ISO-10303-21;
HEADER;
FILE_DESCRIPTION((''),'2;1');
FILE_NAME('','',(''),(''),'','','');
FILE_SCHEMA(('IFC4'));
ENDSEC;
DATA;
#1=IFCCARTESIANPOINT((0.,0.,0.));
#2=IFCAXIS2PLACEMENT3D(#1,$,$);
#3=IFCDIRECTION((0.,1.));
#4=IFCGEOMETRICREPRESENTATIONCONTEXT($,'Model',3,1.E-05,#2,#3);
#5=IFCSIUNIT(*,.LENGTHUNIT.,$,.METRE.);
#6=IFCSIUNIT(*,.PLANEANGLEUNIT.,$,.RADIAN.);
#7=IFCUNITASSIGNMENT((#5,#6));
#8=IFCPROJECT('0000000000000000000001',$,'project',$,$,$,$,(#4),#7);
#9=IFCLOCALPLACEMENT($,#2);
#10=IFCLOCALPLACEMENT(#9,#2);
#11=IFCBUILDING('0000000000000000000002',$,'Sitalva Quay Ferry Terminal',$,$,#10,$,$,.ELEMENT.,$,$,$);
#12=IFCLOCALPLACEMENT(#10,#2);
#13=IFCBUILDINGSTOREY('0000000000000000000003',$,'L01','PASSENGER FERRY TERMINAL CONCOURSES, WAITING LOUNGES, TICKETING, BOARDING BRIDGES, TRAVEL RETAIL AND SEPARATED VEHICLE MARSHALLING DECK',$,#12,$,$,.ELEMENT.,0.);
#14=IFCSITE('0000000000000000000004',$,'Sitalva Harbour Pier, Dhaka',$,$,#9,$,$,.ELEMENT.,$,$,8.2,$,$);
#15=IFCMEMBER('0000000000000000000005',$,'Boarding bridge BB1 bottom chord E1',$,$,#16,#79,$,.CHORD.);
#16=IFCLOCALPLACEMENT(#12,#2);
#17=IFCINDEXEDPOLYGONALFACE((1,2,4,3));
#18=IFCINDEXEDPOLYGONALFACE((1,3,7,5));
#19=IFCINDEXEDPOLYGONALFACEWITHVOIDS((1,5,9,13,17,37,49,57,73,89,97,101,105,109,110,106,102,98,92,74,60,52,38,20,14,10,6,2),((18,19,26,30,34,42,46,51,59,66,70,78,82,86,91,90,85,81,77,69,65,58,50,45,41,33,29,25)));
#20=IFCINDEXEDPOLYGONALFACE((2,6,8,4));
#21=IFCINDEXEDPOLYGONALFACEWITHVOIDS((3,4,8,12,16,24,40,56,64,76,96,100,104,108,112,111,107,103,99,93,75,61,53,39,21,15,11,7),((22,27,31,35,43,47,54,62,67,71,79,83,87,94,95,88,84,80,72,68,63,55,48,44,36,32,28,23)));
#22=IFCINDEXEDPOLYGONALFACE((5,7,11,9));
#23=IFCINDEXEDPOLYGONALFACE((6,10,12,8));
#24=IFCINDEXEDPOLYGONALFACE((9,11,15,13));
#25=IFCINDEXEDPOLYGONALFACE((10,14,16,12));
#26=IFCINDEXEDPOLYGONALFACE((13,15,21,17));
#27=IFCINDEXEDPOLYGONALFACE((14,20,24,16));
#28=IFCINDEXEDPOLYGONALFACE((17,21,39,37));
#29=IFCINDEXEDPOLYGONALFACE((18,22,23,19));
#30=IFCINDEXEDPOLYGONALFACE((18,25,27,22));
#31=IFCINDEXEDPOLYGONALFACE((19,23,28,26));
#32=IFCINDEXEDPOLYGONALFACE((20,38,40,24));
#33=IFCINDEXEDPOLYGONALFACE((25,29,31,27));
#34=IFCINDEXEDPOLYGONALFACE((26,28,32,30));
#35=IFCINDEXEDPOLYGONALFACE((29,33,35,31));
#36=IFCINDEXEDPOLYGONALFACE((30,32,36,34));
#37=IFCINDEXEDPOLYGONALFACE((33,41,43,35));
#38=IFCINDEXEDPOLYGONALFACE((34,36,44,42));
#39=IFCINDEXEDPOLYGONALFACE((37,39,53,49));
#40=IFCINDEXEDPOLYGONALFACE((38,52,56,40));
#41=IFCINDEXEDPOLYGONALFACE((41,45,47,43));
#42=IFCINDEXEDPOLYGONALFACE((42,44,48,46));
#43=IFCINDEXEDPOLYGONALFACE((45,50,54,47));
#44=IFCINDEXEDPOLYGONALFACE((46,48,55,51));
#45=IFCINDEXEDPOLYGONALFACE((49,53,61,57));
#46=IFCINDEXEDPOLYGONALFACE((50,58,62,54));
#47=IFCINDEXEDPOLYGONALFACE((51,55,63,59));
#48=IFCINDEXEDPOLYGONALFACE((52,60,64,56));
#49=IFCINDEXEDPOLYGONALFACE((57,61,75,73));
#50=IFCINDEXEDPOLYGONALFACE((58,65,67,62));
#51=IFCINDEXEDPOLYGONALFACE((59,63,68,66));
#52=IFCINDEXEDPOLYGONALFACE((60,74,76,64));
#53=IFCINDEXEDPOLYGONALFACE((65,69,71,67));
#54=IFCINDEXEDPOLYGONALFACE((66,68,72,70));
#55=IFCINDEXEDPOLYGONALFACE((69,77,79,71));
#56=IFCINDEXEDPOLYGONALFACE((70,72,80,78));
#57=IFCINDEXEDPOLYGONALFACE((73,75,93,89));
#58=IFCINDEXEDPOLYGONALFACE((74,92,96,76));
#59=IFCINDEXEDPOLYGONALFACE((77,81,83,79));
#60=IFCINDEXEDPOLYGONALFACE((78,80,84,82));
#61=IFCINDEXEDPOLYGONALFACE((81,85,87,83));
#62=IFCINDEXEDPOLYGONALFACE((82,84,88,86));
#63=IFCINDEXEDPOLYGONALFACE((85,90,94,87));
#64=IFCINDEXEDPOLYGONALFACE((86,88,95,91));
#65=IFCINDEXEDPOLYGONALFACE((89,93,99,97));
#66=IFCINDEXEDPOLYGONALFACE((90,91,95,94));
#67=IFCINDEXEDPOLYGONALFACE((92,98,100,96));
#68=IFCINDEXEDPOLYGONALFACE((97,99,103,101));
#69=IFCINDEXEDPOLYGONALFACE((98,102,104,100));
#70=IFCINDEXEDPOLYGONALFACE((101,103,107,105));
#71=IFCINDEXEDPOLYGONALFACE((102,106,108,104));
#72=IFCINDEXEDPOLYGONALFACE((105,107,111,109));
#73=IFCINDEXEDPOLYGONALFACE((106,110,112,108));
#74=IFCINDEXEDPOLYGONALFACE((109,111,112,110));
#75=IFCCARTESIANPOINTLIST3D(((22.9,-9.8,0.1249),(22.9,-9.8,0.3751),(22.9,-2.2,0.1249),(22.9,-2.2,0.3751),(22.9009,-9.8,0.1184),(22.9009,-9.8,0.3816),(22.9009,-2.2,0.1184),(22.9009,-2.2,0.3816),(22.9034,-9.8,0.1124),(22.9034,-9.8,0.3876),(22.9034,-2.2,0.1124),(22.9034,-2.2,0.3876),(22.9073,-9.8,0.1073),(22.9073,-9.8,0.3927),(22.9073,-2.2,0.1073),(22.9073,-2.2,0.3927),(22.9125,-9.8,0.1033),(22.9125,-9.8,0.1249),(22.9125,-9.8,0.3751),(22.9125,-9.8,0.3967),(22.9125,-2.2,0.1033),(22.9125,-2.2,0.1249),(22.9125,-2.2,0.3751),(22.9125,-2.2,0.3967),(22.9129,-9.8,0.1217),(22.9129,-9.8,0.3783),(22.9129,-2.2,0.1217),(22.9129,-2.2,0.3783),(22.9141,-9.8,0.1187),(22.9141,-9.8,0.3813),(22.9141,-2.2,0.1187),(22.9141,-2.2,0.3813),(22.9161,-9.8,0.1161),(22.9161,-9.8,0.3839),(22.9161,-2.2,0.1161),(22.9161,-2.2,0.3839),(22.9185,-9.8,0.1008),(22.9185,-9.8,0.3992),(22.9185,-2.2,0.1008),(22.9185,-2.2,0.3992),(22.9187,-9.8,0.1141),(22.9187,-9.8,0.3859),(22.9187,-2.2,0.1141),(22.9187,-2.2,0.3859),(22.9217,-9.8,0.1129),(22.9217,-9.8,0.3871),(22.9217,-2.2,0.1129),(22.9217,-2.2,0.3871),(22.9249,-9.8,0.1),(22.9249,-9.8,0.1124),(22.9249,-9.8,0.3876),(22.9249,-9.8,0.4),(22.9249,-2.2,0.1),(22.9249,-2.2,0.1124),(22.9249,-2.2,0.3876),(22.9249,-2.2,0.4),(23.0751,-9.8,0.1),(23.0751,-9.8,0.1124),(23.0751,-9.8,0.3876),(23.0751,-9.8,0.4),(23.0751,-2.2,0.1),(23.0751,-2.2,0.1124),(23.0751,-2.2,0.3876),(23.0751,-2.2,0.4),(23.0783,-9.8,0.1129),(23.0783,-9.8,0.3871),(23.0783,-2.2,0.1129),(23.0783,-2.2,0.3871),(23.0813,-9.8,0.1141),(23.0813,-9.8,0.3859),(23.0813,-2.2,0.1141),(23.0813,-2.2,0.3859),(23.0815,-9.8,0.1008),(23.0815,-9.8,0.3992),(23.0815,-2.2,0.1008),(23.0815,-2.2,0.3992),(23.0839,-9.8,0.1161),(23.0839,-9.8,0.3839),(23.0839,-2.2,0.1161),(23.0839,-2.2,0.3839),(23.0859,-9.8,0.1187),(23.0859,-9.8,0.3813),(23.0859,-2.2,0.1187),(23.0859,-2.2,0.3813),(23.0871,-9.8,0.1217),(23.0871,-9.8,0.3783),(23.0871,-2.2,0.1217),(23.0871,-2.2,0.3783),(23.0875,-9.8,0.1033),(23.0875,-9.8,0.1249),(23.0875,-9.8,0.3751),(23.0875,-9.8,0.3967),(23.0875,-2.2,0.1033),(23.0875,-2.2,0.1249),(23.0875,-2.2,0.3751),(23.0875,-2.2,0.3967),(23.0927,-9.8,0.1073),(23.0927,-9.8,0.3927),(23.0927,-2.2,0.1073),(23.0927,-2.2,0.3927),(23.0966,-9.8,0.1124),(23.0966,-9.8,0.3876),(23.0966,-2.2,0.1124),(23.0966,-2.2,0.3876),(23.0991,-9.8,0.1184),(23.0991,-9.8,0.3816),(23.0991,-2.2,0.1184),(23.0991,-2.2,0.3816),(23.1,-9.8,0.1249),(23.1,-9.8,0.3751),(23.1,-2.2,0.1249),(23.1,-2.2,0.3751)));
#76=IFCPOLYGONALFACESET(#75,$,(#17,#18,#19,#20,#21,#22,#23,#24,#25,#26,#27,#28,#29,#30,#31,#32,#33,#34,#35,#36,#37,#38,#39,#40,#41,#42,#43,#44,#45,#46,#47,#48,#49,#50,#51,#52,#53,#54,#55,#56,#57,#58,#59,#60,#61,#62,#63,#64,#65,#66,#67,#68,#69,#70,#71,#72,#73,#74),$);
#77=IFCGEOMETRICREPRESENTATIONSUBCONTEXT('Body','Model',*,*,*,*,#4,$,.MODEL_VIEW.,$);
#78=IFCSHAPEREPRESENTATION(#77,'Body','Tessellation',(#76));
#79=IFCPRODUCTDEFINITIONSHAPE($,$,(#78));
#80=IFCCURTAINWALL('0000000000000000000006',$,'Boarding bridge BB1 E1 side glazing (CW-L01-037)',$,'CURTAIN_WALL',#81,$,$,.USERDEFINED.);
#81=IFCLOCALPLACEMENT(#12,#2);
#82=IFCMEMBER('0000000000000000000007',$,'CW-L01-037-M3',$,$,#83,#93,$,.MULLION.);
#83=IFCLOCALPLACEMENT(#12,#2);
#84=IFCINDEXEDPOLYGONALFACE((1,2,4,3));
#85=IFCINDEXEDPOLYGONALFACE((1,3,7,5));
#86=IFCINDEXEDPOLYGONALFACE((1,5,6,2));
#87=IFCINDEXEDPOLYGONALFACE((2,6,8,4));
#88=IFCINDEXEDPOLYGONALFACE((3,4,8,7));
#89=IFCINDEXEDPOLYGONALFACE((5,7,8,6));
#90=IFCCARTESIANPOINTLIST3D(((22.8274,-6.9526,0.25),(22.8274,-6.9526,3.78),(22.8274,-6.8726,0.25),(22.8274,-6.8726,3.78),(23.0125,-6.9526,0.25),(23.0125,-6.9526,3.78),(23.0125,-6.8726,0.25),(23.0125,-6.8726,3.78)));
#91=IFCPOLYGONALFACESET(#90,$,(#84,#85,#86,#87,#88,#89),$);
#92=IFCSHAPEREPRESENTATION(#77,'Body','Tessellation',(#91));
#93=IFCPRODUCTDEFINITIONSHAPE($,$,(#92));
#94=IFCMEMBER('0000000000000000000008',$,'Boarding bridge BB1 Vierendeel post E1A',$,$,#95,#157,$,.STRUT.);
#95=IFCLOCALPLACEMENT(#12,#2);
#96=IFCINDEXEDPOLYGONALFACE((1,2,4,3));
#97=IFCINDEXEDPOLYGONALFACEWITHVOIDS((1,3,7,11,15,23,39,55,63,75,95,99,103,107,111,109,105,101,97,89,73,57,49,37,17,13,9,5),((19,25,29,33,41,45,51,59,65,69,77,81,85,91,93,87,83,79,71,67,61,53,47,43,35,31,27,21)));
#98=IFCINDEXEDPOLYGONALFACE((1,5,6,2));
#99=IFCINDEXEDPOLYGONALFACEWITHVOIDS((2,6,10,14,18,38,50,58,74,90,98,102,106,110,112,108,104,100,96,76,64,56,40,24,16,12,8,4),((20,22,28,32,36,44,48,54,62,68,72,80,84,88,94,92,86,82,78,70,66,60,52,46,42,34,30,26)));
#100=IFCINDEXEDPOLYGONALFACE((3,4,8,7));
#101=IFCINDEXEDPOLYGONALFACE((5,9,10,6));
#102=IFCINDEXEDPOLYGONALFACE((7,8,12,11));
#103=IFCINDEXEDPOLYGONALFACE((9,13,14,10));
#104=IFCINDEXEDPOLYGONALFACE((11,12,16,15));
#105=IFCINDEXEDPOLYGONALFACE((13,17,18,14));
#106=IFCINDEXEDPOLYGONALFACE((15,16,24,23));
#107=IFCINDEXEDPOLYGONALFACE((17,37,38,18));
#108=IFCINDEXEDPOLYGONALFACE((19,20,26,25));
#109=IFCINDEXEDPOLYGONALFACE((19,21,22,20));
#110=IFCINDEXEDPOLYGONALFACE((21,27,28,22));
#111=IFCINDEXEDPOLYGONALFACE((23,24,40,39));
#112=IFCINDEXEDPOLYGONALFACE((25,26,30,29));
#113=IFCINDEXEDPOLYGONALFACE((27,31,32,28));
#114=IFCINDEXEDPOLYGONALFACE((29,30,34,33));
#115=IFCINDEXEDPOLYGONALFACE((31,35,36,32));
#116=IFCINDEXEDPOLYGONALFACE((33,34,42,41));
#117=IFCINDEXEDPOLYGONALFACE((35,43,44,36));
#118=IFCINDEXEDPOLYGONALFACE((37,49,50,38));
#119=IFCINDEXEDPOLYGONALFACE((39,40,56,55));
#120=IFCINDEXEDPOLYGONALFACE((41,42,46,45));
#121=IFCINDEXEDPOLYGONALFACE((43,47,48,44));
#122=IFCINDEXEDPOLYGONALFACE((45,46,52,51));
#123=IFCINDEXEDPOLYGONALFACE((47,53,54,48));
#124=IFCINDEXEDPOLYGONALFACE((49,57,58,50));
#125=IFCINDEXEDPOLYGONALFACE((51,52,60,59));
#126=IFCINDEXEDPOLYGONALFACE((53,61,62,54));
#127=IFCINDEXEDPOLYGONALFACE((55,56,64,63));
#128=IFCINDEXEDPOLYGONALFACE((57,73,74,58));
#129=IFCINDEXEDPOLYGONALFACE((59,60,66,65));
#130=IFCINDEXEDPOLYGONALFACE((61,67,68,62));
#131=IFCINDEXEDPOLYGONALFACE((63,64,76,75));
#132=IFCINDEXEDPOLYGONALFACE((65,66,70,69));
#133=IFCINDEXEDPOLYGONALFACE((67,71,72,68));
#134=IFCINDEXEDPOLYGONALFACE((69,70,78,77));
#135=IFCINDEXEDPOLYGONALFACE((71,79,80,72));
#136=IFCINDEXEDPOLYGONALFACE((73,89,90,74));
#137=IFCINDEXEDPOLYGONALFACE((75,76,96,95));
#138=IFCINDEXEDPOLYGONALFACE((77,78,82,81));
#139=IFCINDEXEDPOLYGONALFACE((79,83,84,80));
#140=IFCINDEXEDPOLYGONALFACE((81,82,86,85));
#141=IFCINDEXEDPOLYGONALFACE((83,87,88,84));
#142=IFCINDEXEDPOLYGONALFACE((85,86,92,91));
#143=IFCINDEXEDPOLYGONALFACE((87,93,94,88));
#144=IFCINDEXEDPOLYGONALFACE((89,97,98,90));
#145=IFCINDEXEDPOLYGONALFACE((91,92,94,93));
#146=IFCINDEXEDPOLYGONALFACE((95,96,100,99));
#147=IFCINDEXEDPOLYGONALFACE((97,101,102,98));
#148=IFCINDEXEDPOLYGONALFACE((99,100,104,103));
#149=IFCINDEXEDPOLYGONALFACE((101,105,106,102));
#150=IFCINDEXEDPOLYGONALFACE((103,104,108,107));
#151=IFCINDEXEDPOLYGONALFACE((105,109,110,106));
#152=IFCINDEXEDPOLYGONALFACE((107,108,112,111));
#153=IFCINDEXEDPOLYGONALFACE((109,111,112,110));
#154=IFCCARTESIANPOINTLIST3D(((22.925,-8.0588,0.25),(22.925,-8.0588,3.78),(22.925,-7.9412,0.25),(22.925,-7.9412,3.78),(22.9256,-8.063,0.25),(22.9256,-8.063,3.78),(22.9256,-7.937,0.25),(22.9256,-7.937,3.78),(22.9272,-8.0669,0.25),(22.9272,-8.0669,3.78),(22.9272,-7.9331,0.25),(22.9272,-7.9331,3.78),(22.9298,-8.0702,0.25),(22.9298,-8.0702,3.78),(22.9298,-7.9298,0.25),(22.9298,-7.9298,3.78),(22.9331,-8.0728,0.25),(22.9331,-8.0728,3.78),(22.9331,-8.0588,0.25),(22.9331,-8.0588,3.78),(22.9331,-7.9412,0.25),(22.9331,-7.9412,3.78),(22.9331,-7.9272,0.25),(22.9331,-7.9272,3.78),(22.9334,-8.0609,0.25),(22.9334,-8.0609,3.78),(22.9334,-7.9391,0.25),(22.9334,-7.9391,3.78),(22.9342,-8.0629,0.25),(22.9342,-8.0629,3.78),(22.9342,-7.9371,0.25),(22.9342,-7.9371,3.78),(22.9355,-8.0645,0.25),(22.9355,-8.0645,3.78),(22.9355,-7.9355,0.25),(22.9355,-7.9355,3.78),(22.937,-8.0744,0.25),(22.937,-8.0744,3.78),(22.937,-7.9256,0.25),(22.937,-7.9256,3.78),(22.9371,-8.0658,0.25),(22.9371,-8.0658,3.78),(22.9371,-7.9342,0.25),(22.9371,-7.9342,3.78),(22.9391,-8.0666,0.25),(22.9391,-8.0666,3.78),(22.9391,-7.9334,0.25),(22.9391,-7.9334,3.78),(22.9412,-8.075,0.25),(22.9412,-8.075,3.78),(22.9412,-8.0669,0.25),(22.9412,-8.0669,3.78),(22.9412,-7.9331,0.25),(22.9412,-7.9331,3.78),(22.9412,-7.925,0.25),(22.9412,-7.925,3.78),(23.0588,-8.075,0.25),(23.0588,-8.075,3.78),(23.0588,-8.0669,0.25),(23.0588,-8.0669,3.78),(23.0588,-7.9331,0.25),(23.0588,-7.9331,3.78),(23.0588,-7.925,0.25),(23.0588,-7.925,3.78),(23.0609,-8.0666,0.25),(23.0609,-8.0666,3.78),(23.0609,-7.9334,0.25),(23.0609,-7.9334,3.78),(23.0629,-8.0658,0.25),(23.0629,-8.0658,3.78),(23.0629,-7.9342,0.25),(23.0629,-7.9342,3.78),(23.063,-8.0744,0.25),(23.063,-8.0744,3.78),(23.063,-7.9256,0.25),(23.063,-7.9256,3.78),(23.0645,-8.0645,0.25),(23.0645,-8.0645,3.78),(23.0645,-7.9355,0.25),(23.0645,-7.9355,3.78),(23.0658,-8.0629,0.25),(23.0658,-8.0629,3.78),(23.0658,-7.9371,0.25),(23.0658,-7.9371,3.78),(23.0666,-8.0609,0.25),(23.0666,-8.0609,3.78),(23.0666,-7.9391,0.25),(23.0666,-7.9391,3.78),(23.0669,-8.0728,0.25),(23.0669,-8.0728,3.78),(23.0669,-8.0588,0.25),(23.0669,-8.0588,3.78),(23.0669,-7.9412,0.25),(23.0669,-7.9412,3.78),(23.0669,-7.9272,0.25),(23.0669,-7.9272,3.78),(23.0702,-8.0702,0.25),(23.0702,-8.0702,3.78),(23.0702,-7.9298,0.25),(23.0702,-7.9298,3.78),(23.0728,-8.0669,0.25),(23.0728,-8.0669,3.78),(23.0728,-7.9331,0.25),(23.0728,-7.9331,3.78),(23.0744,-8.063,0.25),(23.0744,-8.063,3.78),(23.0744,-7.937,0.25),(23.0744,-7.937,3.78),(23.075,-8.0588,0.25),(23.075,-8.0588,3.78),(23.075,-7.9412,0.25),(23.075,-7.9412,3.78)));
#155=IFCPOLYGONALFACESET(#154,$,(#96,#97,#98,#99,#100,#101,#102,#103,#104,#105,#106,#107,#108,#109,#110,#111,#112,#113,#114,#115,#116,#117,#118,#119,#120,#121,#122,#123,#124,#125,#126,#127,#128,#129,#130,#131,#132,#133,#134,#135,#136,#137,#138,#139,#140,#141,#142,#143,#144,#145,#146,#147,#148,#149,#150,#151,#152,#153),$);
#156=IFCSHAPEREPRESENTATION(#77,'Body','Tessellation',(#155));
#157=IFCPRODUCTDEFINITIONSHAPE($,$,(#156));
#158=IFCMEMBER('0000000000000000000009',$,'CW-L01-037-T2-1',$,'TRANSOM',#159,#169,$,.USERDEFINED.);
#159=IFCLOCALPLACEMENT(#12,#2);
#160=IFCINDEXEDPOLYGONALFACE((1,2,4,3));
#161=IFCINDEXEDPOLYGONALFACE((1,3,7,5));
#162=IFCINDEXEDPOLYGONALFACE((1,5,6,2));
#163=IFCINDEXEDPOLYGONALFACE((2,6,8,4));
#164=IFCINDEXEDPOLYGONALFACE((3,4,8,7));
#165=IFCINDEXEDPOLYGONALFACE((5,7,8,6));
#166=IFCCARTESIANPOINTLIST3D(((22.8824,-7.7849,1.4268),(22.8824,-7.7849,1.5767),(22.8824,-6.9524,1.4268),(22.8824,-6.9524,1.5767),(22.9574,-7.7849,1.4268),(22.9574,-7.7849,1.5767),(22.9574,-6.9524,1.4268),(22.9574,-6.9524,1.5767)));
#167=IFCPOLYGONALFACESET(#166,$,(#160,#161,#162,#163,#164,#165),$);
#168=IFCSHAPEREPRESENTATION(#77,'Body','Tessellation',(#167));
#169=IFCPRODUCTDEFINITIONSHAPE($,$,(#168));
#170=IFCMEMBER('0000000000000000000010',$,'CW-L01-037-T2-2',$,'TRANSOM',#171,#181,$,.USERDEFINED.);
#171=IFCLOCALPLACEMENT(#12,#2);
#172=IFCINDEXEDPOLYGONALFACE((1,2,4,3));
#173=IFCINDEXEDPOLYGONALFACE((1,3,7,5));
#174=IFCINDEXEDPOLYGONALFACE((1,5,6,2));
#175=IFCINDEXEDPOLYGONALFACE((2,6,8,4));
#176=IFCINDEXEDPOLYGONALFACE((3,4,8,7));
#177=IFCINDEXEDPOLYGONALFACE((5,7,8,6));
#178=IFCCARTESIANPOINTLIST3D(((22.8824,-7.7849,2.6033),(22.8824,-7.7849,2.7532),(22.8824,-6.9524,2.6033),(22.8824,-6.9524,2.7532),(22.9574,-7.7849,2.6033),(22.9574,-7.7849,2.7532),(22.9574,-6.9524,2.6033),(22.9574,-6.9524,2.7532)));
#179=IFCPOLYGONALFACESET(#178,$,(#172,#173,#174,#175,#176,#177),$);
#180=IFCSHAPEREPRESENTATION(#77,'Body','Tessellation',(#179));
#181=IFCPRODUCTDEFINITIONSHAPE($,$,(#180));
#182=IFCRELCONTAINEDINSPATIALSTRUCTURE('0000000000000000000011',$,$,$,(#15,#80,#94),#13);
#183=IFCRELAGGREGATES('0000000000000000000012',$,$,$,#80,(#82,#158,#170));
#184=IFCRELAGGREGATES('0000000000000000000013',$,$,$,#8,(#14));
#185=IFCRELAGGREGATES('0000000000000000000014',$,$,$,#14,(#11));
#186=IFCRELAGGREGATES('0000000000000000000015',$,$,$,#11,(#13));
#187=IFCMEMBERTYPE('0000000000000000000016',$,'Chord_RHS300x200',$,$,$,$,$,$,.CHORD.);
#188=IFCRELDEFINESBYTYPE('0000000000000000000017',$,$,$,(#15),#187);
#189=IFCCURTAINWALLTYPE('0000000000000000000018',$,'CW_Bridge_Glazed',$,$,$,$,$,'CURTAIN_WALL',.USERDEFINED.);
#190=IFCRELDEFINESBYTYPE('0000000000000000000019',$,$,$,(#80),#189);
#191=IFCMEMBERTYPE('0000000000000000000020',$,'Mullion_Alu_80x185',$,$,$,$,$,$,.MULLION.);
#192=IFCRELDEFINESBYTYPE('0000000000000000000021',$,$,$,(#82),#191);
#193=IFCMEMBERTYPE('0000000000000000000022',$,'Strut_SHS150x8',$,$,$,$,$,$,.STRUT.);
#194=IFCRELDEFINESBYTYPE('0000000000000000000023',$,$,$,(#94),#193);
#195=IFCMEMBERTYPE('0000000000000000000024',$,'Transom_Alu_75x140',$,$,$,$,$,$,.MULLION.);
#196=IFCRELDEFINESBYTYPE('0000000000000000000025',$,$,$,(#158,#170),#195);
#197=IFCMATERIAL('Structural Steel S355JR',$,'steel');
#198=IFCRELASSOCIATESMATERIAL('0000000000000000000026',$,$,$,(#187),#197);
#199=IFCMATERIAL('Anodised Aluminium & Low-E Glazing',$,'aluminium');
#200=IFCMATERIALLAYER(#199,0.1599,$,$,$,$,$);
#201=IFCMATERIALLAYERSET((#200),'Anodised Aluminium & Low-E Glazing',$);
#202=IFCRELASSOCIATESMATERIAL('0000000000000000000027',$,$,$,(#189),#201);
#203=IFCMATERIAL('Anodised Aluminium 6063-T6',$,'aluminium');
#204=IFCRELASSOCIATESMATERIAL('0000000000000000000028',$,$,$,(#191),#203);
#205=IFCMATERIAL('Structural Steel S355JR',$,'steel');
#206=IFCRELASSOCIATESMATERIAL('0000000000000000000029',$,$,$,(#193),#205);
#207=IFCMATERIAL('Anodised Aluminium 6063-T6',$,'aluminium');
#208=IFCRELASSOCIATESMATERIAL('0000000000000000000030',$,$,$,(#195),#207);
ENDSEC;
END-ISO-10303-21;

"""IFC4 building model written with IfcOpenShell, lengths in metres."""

from ifc_helpers import new_model, si_unit, direction, frame, origin, origin_2d, place, context, subcontext, project, spatial, rectangle, hollow_rectangle, extrude, material, layer, layer_set, material_profile, profile_set, type_object, element, aggregate, save


model = new_model("IFC4")

# Units and contexts
model_context = context("Model", 3, precision=1e-05, world=origin(), true_north=direction((0.0, 1.0)))
body_context = subcontext(model_context, "Body", "Model", "MODEL_VIEW")
ifc_project = project(units=[si_unit("LENGTHUNIT", "METRE"), si_unit("PLANEANGLEUNIT", "RADIAN")], contexts=[model_context])

# Site, building, storey
site_placement = place(None, origin())
site = spatial("IfcSite", under=ifc_project, at=site_placement, Name="Sitalva Harbour Pier, Dhaka", CompositionType="ELEMENT", RefElevation=8.2)
building_placement = place(site_placement, origin())
building = spatial("IfcBuilding", under=site, at=building_placement, Name="Sitalva Quay Ferry Terminal", CompositionType="ELEMENT")
storey_placement = place(building_placement, origin())
storey = spatial("IfcBuildingStorey", under=building, at=storey_placement, Name="L01", Description="PASSENGER FERRY TERMINAL CONCOURSES, WAITING LOUNGES, TICKETING, BOARDING BRIDGES, TRAVEL RETAIL AND SEPARATED VEHICLE MARSHALLING DECK", CompositionType="ELEMENT", Elevation=0.0)

# Member
ifc_material_1 = material(Name="Structural Steel S355JR", Category="steel")
ifc_material_profile_1 = material_profile(ifc_material_1, hollow_rectangle(XDim=0.2, YDim=0.3, WallThickness=0.0125, InnerFilletRadius=0.0125, OuterFilletRadius=0.0249, at=origin_2d()), Name="RHS300x200x12.5")
ifc_profile_set_1 = profile_set([ifc_material_profile_1], Name="Structural Steel S355JR")
member_type_1 = type_object("IfcMemberType", Name="Chord_RHS300x200", PredefinedType="CHORD", material=ifc_profile_set_1)
member_1_placement = place(storey_placement, frame((23.0, -9.8, 0.25), z_axis=(0.0, 1.0, 0.0), x_axis=(-1.0, 0.0, 0.0)))
element("IfcMember", 1, at=member_1_placement, inside=storey, type_object=member_type_1, Name="Boarding bridge BB1 bottom chord E1", PredefinedType="CHORD", context=body_context, shape_type="SweptSolid", body=[
    extrude(hollow_rectangle(XDim=0.2, YDim=0.3, WallThickness=0.0125, InnerFilletRadius=0.0125, OuterFilletRadius=0.0249, at=origin_2d()), origin(), (0.0, 0.0, 1.0), 7.6001),
])

# Curtain wall, member
ifc_material_2 = material(Name="Anodised Aluminium & Low-E Glazing", Category="aluminium")
ifc_layer_1 = layer(ifc_material_2, 0.1599)
ifc_layer_set_1 = layer_set([ifc_layer_1], Name="Anodised Aluminium & Low-E Glazing")
curtain_wall_type = type_object("IfcCurtainWallType", Name="CW_Bridge_Glazed", ElementType="CURTAIN_WALL", PredefinedType="USERDEFINED", material=ifc_layer_set_1)
curtain_wall_placement = place(storey_placement, origin())
curtain_wall = element("IfcCurtainWall", 2, at=curtain_wall_placement, inside=storey, type_object=curtain_wall_type, Name="Boarding bridge BB1 E1 side glazing (CW-L01-037)", ObjectType="CURTAIN_WALL", PredefinedType="USERDEFINED")
ifc_material_3 = material(Name="Anodised Aluminium 6063-T6", Category="aluminium")
ifc_material_profile_2 = material_profile(ifc_material_3, rectangle(XDim=0.0801, YDim=0.1851, at=origin_2d()), Name="ALU80x185")
ifc_profile_set_2 = profile_set([ifc_material_profile_2], Name="Anodised Aluminium 6063-T6")
member_type_2 = type_object("IfcMemberType", Name="Mullion_Alu_80x185", PredefinedType="MULLION", material=ifc_profile_set_2)
member_2_placement = place(storey_placement, frame((22.9199, -6.9126, 0.25), z_axis=(0.0, 0.0, 1.0), x_axis=(0.0, 1.0, 0.0)))
member_2 = element("IfcMember", 3, at=member_2_placement, type_object=member_type_2, Name="CW-L01-037-M3", PredefinedType="MULLION", context=body_context, shape_type="SweptSolid", body=[
    extrude(rectangle(XDim=0.0801, YDim=0.1851, at=origin_2d()), origin(), (0.0, 0.0, 1.0), 3.53),
])

# Members
ifc_material_4 = material(Name="Structural Steel S355JR", Category="steel")
ifc_material_profile_3 = material_profile(ifc_material_4, hollow_rectangle(XDim=0.1499, YDim=0.1499, WallThickness=0.0081, InnerFilletRadius=0.0081, OuterFilletRadius=0.0161, at=origin_2d()), Name="SHS150x150x8")
ifc_profile_set_3 = profile_set([ifc_material_profile_3], Name="Structural Steel S355JR")
member_type_3 = type_object("IfcMemberType", Name="Strut_SHS150x8", PredefinedType="STRUT", material=ifc_profile_set_3)
member_3_placement = place(storey_placement, frame((23.0, -8.0, 0.25), z_axis=(0.0, 0.0, 1.0), x_axis=(1.0, 0.0, 0.0)))
element("IfcMember", 4, at=member_3_placement, inside=storey, type_object=member_type_3, Name="Boarding bridge BB1 Vierendeel post E1A", PredefinedType="STRUT", context=body_context, shape_type="SweptSolid", body=[
    extrude(hollow_rectangle(XDim=0.1499, YDim=0.1499, WallThickness=0.0081, InnerFilletRadius=0.0081, OuterFilletRadius=0.0161, at=origin_2d()), origin(), (0.0, 0.0, 1.0), 3.53),
])
ifc_material_5 = material(Name="Anodised Aluminium 6063-T6", Category="aluminium")
ifc_material_profile_4 = material_profile(ifc_material_5, rectangle(XDim=0.075, YDim=0.1499, at=origin_2d()), Name="ALU75x150")
ifc_profile_set_4 = profile_set([ifc_material_profile_4], Name="Anodised Aluminium 6063-T6")
member_type_4 = type_object("IfcMemberType", Name="Transom_Alu_75x140", PredefinedType="MULLION", material=ifc_profile_set_4)
member_4_placement = place(storey_placement, frame((22.9199, -7.7849, 1.5017), z_axis=(0.0, 1.0, 0.0), x_axis=(-1.0, 0.0, 0.0)))
member_4 = element("IfcMember", 5, at=member_4_placement, type_object=member_type_4, Name="CW-L01-037-T2-1", ObjectType="TRANSOM", PredefinedType="USERDEFINED", context=body_context, shape_type="SweptSolid", body=[
    extrude(rectangle(XDim=0.075, YDim=0.1499, at=origin_2d()), origin(), (0.0, 0.0, 1.0), 0.8325),
])
member_5_placement = place(storey_placement, frame((22.9199, -7.7849, 2.6782), z_axis=(0.0, 1.0, 0.0), x_axis=(-1.0, 0.0, 0.0)))
member_5 = element("IfcMember", 6, at=member_5_placement, type_object=member_type_4, Name="CW-L01-037-T2-2", ObjectType="TRANSOM", PredefinedType="USERDEFINED", context=body_context, shape_type="SweptSolid", body=[
    extrude(rectangle(XDim=0.075, YDim=0.1499, at=origin_2d()), origin(), (0.0, 0.0, 1.0), 0.8325),
])

aggregate(curtain_wall, [member_2, member_4, member_5])

save(model, "model.ifc")
